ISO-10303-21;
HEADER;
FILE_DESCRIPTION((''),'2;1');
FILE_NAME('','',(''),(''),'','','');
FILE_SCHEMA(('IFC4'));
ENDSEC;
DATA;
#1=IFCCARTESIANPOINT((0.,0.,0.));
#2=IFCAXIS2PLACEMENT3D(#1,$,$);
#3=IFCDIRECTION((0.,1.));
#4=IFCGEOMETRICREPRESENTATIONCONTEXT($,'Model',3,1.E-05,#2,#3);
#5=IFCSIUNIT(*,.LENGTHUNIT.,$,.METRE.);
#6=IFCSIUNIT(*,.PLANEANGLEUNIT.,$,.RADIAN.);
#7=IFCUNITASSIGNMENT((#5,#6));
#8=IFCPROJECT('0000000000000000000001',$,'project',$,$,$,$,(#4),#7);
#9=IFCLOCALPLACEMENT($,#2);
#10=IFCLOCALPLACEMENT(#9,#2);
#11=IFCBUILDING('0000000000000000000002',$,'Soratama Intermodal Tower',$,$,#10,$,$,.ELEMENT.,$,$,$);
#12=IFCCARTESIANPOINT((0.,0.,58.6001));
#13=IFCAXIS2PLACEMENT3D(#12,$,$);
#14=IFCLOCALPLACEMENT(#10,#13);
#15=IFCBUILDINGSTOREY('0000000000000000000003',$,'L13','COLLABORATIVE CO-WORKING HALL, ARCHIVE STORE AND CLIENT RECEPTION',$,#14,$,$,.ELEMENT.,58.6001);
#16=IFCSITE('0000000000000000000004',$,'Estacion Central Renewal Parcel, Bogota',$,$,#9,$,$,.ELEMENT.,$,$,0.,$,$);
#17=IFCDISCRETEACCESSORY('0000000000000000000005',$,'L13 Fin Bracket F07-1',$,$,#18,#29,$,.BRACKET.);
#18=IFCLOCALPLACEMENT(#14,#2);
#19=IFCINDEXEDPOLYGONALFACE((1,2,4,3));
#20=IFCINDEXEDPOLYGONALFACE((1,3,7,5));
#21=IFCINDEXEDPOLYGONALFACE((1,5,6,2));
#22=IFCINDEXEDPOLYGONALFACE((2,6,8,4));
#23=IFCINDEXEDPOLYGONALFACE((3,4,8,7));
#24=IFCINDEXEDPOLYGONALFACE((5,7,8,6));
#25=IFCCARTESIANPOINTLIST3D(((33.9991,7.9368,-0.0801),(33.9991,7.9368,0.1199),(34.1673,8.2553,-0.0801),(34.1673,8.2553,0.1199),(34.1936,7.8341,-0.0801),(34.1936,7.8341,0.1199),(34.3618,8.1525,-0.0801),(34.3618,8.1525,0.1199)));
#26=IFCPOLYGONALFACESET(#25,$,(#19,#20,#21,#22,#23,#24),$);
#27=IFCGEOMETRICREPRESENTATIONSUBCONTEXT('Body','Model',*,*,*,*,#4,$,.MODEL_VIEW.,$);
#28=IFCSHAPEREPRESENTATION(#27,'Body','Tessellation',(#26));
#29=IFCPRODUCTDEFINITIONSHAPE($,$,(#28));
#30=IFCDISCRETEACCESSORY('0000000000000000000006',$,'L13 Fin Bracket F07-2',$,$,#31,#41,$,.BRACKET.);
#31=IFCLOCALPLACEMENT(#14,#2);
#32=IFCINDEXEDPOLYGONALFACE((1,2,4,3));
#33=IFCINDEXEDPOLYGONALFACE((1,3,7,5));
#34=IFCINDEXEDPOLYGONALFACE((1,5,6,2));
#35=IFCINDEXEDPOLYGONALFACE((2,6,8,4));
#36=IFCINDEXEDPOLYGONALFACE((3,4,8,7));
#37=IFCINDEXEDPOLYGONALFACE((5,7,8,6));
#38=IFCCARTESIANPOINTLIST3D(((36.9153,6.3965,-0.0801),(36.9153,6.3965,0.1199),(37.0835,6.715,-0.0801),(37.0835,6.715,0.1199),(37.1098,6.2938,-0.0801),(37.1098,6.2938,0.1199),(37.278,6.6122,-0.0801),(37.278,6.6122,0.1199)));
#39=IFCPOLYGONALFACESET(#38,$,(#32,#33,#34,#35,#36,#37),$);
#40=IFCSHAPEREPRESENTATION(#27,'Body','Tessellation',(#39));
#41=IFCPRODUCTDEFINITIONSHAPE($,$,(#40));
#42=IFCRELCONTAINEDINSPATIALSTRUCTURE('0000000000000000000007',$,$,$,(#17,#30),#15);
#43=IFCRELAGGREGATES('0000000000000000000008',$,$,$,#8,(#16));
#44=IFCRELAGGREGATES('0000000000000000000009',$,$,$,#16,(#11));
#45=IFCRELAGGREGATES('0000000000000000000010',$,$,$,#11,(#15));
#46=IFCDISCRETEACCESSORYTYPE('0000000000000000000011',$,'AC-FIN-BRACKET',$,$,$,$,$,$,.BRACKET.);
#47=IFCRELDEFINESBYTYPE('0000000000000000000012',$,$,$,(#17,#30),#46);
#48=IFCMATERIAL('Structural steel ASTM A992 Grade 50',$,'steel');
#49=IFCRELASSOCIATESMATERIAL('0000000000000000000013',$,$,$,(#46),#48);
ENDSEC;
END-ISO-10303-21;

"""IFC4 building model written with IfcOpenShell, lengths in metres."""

from ifc_helpers import new_model, si_unit, direction, frame, origin, origin_2d, place, context, subcontext, project, spatial, rectangle, extrude, material, type_object, element, save


model = new_model("IFC4")

# Units and contexts
model_context = context("Model", 3, precision=1e-05, world=origin(), true_north=direction((0.0, 1.0)))
body_context = subcontext(model_context, "Body", "Model", "MODEL_VIEW")
ifc_project = project(units=[si_unit("LENGTHUNIT", "METRE"), si_unit("PLANEANGLEUNIT", "RADIAN")], contexts=[model_context])

# Site, building, storey
site_placement = place(None, origin())
site = spatial("IfcSite", under=ifc_project, at=site_placement, Name="Estacion Central Renewal Parcel, Bogota", CompositionType="ELEMENT", RefElevation=0.0)
building_placement = place(site_placement, origin())
building = spatial("IfcBuilding", under=site, at=building_placement, Name="Soratama Intermodal Tower", CompositionType="ELEMENT")
storey_placement = place(building_placement, frame((0.0, 0.0, 58.6001)))
storey = spatial("IfcBuildingStorey", under=building, at=storey_placement, Name="L13", Description="COLLABORATIVE CO-WORKING HALL, ARCHIVE STORE AND CLIENT RECEPTION", CompositionType="ELEMENT", Elevation=58.6001)

# Discrete accessories
ifc_material_1 = material(Name="Structural steel ASTM A992 Grade 50", Category="steel")
discrete_accessory_type = type_object("IfcDiscreteAccessoryType", Name="AC-FIN-BRACKET", PredefinedType="BRACKET", material=ifc_material_1)
for number, where, z_axis, x_axis, name in (
    (1, (34.1804, 8.0447, -0.0801), (0.0, 0.0, 1.0), (-0.467004, -0.884255, 0.0), "L13 Fin Bracket F07-1"),
    (2, (37.0967, 6.5044, -0.0801), (0.0, 0.0, 1.0), (-0.467004, -0.884255, 0.0), "L13 Fin Bracket F07-2"),
):
    element("IfcDiscreteAccessory", number, at=place(storey_placement, frame(where, z_axis=z_axis, x_axis=x_axis)), inside=storey, type_object=discrete_accessory_type, Name=name, PredefinedType="BRACKET", context=body_context, shape_type="SweptSolid", body=[
        extrude(rectangle(XDim=0.3601, YDim=0.22, at=origin_2d()), origin(), (0.0, 0.0, 1.0), 0.2),
    ])

save(model, "model.ifc")
